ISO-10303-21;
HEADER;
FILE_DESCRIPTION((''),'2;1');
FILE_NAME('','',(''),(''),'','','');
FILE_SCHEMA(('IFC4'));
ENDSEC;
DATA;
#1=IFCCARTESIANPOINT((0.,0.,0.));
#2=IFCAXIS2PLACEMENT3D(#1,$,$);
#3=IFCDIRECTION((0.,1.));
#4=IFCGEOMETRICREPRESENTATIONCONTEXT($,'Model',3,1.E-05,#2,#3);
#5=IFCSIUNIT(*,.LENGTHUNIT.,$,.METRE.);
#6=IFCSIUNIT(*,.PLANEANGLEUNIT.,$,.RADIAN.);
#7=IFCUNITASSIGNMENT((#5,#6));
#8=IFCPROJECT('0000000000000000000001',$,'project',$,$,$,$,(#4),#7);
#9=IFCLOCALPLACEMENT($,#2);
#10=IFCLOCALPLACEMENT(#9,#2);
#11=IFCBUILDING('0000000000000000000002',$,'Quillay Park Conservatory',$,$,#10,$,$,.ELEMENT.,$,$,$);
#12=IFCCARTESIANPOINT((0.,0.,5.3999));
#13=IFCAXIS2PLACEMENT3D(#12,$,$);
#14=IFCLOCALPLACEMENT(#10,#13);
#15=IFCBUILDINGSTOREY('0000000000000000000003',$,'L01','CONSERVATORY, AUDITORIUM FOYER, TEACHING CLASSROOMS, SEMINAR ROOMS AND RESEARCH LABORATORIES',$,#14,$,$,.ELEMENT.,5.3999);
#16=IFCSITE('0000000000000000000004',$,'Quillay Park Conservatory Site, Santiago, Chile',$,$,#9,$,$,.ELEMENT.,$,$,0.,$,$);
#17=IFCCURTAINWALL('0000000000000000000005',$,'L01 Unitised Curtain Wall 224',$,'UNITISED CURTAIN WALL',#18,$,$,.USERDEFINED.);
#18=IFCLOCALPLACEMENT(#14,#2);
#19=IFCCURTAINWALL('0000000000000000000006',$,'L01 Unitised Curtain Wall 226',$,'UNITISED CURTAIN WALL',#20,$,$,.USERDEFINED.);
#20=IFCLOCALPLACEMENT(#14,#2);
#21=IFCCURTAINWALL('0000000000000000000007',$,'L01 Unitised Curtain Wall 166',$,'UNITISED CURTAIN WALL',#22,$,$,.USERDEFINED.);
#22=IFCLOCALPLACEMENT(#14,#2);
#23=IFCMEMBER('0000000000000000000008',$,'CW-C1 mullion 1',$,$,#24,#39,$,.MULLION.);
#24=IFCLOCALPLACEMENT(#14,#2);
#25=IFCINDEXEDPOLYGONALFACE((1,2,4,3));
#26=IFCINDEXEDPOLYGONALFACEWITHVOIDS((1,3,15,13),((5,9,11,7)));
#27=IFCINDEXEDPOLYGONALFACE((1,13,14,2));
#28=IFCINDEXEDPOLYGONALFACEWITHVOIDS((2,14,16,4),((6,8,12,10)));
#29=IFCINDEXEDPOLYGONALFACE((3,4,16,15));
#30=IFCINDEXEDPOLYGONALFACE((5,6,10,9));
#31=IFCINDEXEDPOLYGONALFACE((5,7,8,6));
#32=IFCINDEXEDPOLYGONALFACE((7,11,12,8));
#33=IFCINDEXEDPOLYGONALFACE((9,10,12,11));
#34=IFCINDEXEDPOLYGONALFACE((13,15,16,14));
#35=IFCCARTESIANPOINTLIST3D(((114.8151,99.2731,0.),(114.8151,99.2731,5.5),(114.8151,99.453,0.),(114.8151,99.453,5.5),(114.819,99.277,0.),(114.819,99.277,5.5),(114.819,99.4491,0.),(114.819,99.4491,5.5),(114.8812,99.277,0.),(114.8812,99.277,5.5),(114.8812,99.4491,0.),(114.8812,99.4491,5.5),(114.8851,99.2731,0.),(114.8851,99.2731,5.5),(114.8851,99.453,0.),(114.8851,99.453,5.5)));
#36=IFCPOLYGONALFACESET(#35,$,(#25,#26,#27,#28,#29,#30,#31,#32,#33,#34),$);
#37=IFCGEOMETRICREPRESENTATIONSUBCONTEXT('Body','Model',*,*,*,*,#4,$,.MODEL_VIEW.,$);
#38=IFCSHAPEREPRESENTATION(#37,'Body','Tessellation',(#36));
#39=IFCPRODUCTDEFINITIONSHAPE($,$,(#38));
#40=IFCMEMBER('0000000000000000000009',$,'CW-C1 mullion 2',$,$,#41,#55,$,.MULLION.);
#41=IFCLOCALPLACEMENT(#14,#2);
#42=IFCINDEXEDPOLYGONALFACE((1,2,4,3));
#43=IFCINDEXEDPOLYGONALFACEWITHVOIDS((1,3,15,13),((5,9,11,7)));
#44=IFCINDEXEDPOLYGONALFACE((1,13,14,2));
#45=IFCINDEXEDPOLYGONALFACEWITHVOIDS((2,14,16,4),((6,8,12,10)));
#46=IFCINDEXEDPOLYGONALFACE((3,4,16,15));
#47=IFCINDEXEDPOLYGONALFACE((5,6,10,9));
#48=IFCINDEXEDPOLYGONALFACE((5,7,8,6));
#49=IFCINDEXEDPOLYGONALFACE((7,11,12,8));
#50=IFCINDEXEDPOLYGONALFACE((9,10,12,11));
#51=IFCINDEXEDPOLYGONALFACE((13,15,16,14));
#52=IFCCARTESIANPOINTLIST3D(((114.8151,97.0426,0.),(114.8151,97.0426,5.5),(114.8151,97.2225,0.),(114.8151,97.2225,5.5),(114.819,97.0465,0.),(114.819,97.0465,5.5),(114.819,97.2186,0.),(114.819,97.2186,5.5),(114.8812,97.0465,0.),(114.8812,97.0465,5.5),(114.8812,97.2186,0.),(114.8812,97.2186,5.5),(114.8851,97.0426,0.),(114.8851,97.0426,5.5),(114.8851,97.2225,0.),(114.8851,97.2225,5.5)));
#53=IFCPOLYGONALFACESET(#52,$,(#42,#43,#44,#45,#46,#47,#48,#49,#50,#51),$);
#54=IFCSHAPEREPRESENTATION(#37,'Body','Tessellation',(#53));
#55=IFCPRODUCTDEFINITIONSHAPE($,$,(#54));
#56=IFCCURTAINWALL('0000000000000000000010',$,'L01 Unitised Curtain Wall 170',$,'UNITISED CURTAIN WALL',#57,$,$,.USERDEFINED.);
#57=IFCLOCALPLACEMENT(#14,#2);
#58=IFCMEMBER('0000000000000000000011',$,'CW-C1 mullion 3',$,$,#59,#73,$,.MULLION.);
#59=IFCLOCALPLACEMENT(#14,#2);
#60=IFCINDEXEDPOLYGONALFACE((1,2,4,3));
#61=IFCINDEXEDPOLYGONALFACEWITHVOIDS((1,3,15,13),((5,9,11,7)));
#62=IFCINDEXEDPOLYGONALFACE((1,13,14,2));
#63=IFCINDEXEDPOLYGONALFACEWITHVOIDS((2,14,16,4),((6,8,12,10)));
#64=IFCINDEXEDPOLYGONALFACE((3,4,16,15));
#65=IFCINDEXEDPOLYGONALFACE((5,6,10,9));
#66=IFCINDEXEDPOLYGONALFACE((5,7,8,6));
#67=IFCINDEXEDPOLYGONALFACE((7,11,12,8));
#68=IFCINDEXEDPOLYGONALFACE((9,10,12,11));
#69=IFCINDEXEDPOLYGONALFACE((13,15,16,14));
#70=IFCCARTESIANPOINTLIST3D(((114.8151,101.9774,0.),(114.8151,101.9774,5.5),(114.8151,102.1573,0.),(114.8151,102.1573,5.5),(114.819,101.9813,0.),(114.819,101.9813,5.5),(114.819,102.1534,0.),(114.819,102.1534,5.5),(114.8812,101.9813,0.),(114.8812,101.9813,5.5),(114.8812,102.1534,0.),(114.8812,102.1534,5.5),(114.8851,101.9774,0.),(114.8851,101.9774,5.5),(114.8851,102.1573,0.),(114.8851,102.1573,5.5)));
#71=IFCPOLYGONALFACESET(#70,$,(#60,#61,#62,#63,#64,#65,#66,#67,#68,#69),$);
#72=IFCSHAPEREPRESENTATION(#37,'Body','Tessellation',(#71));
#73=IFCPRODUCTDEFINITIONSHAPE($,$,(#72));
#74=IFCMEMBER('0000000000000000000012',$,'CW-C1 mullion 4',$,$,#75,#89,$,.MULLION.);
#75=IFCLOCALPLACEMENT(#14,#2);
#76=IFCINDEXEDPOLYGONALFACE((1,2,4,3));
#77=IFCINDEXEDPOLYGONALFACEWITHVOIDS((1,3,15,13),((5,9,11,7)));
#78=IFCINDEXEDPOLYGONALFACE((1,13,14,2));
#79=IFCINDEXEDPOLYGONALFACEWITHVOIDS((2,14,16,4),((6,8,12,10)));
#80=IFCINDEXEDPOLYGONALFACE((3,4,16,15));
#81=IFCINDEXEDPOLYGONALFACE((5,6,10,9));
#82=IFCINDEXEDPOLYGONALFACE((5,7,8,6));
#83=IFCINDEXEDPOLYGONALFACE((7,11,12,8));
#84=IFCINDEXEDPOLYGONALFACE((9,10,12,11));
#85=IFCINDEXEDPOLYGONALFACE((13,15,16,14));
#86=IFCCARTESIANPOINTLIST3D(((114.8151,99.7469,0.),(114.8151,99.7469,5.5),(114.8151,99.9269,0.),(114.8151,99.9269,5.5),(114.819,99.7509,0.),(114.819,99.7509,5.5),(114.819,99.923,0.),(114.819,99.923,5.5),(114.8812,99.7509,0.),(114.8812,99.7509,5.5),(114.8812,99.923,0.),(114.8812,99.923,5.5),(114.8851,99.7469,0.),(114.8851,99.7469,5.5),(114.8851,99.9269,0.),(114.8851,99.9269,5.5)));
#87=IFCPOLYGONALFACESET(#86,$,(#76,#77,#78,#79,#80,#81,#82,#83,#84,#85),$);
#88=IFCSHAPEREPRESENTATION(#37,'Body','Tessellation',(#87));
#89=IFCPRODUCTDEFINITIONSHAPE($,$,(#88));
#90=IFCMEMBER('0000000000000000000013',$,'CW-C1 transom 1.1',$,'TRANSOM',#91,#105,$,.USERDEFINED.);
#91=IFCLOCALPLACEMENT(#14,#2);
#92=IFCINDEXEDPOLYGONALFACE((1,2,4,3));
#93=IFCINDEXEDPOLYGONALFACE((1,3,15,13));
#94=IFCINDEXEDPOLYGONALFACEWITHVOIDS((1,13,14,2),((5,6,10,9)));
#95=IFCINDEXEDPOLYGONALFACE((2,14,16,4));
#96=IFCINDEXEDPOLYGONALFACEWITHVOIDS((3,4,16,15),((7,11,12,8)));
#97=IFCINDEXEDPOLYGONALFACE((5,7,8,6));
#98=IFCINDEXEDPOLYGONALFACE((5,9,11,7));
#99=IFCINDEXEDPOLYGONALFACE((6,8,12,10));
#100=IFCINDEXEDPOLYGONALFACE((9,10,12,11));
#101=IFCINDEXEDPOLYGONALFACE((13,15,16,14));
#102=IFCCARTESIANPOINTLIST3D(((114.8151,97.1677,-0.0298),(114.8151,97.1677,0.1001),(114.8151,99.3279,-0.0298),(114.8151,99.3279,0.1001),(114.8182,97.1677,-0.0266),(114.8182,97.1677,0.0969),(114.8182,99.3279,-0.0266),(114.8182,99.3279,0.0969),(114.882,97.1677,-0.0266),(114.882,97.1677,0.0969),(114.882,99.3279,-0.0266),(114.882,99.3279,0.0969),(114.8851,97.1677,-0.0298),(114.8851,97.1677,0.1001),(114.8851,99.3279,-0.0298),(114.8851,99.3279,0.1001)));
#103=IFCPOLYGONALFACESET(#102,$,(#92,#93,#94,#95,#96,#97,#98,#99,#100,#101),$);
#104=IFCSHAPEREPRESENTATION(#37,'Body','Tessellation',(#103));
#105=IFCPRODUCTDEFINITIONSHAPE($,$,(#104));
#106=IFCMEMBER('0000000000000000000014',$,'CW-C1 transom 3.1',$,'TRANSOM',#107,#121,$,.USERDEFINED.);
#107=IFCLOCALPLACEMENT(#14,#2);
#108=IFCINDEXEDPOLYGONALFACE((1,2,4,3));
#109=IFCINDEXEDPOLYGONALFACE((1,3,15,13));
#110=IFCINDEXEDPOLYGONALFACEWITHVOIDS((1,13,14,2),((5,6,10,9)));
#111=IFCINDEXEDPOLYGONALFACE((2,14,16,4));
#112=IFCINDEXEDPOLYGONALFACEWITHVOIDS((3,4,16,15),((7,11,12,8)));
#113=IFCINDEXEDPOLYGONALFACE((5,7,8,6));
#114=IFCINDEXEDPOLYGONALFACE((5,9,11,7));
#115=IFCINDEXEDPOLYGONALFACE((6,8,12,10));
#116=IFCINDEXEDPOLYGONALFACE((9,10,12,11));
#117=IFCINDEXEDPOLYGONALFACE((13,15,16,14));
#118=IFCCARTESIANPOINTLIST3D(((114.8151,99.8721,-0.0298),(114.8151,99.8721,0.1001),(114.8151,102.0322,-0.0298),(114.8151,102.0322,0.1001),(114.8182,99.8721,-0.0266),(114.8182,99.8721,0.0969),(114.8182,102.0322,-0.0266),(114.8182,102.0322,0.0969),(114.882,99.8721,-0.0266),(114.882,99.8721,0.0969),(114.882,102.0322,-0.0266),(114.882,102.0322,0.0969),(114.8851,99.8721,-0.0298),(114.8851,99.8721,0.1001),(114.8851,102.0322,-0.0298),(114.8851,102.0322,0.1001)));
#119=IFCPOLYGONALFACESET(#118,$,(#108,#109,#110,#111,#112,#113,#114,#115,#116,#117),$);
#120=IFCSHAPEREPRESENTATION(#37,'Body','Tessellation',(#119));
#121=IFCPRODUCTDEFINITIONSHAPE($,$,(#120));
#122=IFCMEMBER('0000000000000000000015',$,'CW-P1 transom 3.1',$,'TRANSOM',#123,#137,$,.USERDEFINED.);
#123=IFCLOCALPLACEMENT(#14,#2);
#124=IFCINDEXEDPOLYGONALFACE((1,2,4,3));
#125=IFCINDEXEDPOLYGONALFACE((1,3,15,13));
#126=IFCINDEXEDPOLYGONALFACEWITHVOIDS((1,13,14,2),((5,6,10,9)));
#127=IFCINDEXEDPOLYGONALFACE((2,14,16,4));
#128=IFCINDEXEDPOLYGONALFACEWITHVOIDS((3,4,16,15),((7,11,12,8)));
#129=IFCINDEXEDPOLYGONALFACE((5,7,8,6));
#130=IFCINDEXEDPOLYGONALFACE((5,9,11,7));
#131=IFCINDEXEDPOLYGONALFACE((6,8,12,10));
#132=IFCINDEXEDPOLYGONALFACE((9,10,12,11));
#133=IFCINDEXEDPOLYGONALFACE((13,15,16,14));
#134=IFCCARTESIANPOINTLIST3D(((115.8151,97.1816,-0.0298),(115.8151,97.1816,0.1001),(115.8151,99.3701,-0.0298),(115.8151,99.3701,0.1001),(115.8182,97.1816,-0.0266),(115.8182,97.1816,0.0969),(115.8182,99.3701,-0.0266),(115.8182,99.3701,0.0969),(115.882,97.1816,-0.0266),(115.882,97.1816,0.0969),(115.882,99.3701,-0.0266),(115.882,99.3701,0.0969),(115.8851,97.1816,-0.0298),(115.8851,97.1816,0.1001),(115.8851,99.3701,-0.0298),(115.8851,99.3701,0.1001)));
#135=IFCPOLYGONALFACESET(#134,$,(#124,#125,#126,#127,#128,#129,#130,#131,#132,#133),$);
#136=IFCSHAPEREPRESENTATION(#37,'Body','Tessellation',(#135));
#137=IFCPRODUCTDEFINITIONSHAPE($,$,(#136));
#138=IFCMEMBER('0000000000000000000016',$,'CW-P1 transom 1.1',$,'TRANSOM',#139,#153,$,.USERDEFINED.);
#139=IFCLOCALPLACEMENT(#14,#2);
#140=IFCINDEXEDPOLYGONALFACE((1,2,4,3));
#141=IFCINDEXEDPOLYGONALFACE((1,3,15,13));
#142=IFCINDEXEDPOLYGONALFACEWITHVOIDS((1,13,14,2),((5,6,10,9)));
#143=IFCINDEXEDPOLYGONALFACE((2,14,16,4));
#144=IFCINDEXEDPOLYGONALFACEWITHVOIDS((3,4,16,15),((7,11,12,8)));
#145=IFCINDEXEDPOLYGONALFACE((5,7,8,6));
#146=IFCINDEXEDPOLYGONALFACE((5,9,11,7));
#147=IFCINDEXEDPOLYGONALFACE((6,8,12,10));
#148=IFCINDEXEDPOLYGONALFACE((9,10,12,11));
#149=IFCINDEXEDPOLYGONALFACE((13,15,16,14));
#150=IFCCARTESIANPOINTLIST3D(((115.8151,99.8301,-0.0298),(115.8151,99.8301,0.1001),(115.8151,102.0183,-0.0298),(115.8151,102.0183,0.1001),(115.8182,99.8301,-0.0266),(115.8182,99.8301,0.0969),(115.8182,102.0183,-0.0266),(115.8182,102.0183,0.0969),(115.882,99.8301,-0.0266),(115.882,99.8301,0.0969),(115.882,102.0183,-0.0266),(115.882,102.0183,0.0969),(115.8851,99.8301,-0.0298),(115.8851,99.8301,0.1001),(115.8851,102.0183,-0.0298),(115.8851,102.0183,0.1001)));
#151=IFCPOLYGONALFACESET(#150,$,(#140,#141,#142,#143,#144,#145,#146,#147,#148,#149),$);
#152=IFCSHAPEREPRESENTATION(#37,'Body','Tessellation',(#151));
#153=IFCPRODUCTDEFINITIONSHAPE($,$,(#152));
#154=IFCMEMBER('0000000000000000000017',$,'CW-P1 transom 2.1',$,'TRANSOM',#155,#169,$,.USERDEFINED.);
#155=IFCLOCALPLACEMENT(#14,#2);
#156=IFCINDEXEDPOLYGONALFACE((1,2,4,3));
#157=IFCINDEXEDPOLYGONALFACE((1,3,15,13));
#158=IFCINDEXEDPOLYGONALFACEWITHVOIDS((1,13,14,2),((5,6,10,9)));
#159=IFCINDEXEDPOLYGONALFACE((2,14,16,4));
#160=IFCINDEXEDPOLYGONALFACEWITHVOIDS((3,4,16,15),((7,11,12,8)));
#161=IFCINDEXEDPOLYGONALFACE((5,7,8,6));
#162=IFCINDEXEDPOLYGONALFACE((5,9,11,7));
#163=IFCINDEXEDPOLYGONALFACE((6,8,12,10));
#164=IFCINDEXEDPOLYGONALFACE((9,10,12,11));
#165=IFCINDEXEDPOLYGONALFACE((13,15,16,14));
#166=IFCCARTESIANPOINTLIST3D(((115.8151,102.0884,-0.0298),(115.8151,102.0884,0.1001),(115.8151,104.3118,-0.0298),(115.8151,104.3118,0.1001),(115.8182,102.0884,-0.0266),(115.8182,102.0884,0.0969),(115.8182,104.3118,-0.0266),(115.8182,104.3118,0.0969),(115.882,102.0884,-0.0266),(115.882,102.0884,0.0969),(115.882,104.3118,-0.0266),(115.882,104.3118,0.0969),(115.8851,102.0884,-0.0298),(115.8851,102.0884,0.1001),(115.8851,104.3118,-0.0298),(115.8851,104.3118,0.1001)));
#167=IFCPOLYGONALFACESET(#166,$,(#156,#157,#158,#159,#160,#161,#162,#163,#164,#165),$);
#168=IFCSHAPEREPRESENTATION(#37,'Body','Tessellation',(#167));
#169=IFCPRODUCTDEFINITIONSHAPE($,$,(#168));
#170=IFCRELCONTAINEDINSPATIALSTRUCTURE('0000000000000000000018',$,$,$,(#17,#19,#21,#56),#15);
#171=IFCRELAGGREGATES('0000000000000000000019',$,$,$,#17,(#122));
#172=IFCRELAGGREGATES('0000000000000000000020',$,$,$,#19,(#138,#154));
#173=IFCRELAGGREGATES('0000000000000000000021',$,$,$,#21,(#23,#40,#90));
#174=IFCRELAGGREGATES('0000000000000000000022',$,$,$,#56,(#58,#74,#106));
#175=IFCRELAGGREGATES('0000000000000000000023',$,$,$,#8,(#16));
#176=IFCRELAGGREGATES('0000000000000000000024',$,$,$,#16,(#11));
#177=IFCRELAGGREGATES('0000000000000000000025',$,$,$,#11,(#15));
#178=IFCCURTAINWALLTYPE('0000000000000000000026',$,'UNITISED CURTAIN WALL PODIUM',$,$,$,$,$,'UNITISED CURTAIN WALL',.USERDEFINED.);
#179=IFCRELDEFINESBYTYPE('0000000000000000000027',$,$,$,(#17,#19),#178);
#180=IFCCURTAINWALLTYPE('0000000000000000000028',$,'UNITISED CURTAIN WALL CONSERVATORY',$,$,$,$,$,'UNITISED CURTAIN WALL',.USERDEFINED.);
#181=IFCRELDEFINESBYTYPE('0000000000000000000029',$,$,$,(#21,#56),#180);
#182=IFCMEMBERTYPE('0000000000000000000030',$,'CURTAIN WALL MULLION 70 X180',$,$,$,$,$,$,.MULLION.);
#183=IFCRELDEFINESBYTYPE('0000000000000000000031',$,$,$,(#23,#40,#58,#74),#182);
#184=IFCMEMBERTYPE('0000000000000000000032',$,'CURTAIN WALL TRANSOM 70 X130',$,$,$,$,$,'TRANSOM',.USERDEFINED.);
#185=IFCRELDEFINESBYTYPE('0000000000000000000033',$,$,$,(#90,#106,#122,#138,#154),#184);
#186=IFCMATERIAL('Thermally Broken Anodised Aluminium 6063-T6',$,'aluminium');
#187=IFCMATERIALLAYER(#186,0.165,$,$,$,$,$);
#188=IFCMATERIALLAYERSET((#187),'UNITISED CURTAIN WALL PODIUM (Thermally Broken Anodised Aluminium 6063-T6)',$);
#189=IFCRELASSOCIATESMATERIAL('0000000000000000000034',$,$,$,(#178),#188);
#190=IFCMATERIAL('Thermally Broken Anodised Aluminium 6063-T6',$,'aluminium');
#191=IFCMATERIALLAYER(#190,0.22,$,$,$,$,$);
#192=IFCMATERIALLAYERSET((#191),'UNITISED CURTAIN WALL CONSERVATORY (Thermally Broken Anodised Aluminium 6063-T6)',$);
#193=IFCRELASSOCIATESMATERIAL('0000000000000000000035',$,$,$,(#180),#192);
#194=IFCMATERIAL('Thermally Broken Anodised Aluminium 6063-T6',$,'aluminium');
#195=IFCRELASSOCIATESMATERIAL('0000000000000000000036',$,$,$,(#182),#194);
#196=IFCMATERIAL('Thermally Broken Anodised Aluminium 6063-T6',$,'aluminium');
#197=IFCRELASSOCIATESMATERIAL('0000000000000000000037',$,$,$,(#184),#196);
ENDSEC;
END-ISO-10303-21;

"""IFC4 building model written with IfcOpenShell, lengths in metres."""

from ifc_helpers import new_model, si_unit, direction, frame, origin, origin_2d, place, context, subcontext, project, spatial, hollow_rectangle, extrude, material, layer, layer_set, material_profile, profile_set, type_object, element, aggregate, save


model = new_model("IFC4")

# Units and contexts
model_context = context("Model", 3, precision=1e-05, world=origin(), true_north=direction((0.0, 1.0)))
body_context = subcontext(model_context, "Body", "Model", "MODEL_VIEW")
ifc_project = project(units=[si_unit("LENGTHUNIT", "METRE"), si_unit("PLANEANGLEUNIT", "RADIAN")], contexts=[model_context])

# Site, building, storey
site_placement = place(None, origin())
site = spatial("IfcSite", under=ifc_project, at=site_placement, Name="Quillay Park Conservatory Site, Santiago, Chile", CompositionType="ELEMENT", RefElevation=0.0)
building_placement = place(site_placement, origin())
building = spatial("IfcBuilding", under=site, at=building_placement, Name="Quillay Park Conservatory", CompositionType="ELEMENT")
storey_placement = place(building_placement, frame((0.0, 0.0, 5.3999)))
storey = spatial("IfcBuildingStorey", under=building, at=storey_placement, Name="L01", Description="CONSERVATORY, AUDITORIUM FOYER, TEACHING CLASSROOMS, SEMINAR ROOMS AND RESEARCH LABORATORIES", CompositionType="ELEMENT", Elevation=5.3999)

# Curtain walls, members
ifc_material_1 = material(Name="Thermally Broken Anodised Aluminium 6063-T6", Category="aluminium")
ifc_layer_1 = layer(ifc_material_1, 0.165)
ifc_layer_set_1 = layer_set([ifc_layer_1], Name="UNITISED CURTAIN WALL PODIUM (Thermally Broken Anodised Aluminium 6063-T6)")
curtain_wall_type_1 = type_object("IfcCurtainWallType", Name="UNITISED CURTAIN WALL PODIUM", ElementType="UNITISED CURTAIN WALL", PredefinedType="USERDEFINED", material=ifc_layer_set_1)
curtain_wall_1_placement = place(storey_placement, origin())
curtain_wall_1 = element("IfcCurtainWall", 1, at=curtain_wall_1_placement, inside=storey, type_object=curtain_wall_type_1, Name="L01 Unitised Curtain Wall 224", ObjectType="UNITISED CURTAIN WALL", PredefinedType="USERDEFINED")
curtain_wall_2_placement = place(storey_placement, origin())
curtain_wall_2 = element("IfcCurtainWall", 2, at=curtain_wall_2_placement, inside=storey, type_object=curtain_wall_type_1, Name="L01 Unitised Curtain Wall 226", ObjectType="UNITISED CURTAIN WALL", PredefinedType="USERDEFINED")
ifc_material_2 = material(Name="Thermally Broken Anodised Aluminium 6063-T6", Category="aluminium")
ifc_layer_2 = layer(ifc_material_2, 0.22)
ifc_layer_set_2 = layer_set([ifc_layer_2], Name="UNITISED CURTAIN WALL CONSERVATORY (Thermally Broken Anodised Aluminium 6063-T6)")
curtain_wall_type_2 = type_object("IfcCurtainWallType", Name="UNITISED CURTAIN WALL CONSERVATORY", ElementType="UNITISED CURTAIN WALL", PredefinedType="USERDEFINED", material=ifc_layer_set_2)
curtain_wall_3_placement = place(storey_placement, origin())
curtain_wall_3 = element("IfcCurtainWall", 3, at=curtain_wall_3_placement, inside=storey, type_object=curtain_wall_type_2, Name="L01 Unitised Curtain Wall 166", ObjectType="UNITISED CURTAIN WALL", PredefinedType="USERDEFINED")
ifc_material_3 = material(Name="Thermally Broken Anodised Aluminium 6063-T6", Category="aluminium")
ifc_material_profile_1 = material_profile(ifc_material_3, hollow_rectangle(XDim=0.0701, YDim=0.1799, WallThickness=0.0039, at=origin_2d()), Name="AL70x180x4")
ifc_profile_set_1 = profile_set([ifc_material_profile_1], Name="Thermally Broken Anodised Aluminium 6063-T6")
member_type_1 = type_object("IfcMemberType", Name="CURTAIN WALL MULLION 70 X180", PredefinedType="MULLION", material=ifc_profile_set_1)
member_1_placement = place(storey_placement, frame((114.8501, 99.363, 0.0), z_axis=(0.0, 0.0, 1.0), x_axis=(1.0, 0.0, 0.0)))
member_1 = element("IfcMember", 4, at=member_1_placement, type_object=member_type_1, Name="CW-C1 mullion 1", PredefinedType="MULLION", context=body_context, shape_type="SweptSolid", body=[
    extrude(hollow_rectangle(XDim=0.0701, YDim=0.1799, WallThickness=0.0039, at=origin_2d()), origin(), (0.0, 0.0, 1.0), 5.5),
])
member_2_placement = place(storey_placement, frame((114.8501, 97.1326, 0.0), z_axis=(0.0, 0.0, 1.0), x_axis=(1.0, 0.0, 0.0)))
member_2 = element("IfcMember", 5, at=member_2_placement, type_object=member_type_1, Name="CW-C1 mullion 2", PredefinedType="MULLION", context=body_context, shape_type="SweptSolid", body=[
    extrude(hollow_rectangle(XDim=0.0701, YDim=0.1799, WallThickness=0.0039, at=origin_2d()), origin(), (0.0, 0.0, 1.0), 5.5),
])
curtain_wall_4_placement = place(storey_placement, origin())
curtain_wall_4 = element("IfcCurtainWall", 6, at=curtain_wall_4_placement, inside=storey, type_object=curtain_wall_type_2, Name="L01 Unitised Curtain Wall 170", ObjectType="UNITISED CURTAIN WALL", PredefinedType="USERDEFINED")
member_3_placement = place(storey_placement, frame((114.8501, 102.0674, 0.0), z_axis=(0.0, 0.0, 1.0), x_axis=(1.0, 0.0, 0.0)))
member_3 = element("IfcMember", 7, at=member_3_placement, type_object=member_type_1, Name="CW-C1 mullion 3", PredefinedType="MULLION", context=body_context, shape_type="SweptSolid", body=[
    extrude(hollow_rectangle(XDim=0.0701, YDim=0.1799, WallThickness=0.0039, at=origin_2d()), origin(), (0.0, 0.0, 1.0), 5.5),
])
member_4_placement = place(storey_placement, frame((114.8501, 99.8369, 0.0), z_axis=(0.0, 0.0, 1.0), x_axis=(1.0, 0.0, 0.0)))
member_4 = element("IfcMember", 8, at=member_4_placement, type_object=member_type_1, Name="CW-C1 mullion 4", PredefinedType="MULLION", context=body_context, shape_type="SweptSolid", body=[
    extrude(hollow_rectangle(XDim=0.0701, YDim=0.1799, WallThickness=0.0039, at=origin_2d()), origin(), (0.0, 0.0, 1.0), 5.5),
])

# Members
ifc_material_4 = material(Name="Thermally Broken Anodised Aluminium 6063-T6", Category="aluminium")
ifc_material_profile_2 = material_profile(ifc_material_4, hollow_rectangle(XDim=0.0701, YDim=0.1299, WallThickness=0.0032, at=origin_2d()), Name="AL70x130x3.2")
ifc_profile_set_2 = profile_set([ifc_material_profile_2], Name="Thermally Broken Anodised Aluminium 6063-T6")
member_type_2 = type_object("IfcMemberType", Name="CURTAIN WALL TRANSOM 70 X130", ElementType="TRANSOM", PredefinedType="USERDEFINED", material=ifc_profile_set_2)
member_5_placement = place(storey_placement, frame((114.8501, 99.3279, 0.0352), z_axis=(0.0, -1.0, 0.0), x_axis=(1.0, 0.0, 0.0)))
member_5 = element("IfcMember", 9, at=member_5_placement, type_object=member_type_2, Name="CW-C1 transom 1.1", ObjectType="TRANSOM", PredefinedType="USERDEFINED", context=body_context, shape_type="SweptSolid", body=[
    extrude(hollow_rectangle(XDim=0.0701, YDim=0.1299, WallThickness=0.0032, at=origin_2d()), origin(), (0.0, 0.0, 1.0), 2.1602),
])
member_6_placement = place(storey_placement, frame((114.8501, 102.0322, 0.0352), z_axis=(0.0, -1.0, 0.0), x_axis=(1.0, 0.0, 0.0)))
member_6 = element("IfcMember", 10, at=member_6_placement, type_object=member_type_2, Name="CW-C1 transom 3.1", ObjectType="TRANSOM", PredefinedType="USERDEFINED", context=body_context, shape_type="SweptSolid", body=[
    extrude(hollow_rectangle(XDim=0.0701, YDim=0.1299, WallThickness=0.0032, at=origin_2d()), origin(), (0.0, 0.0, 1.0), 2.1602),
])
member_7_placement = place(storey_placement, frame((115.8501, 97.1816, 0.0352), z_axis=(0.0, 1.0, 0.0), x_axis=(-1.0, 0.0, 0.0)))
member_7 = element("IfcMember", 11, at=member_7_placement, type_object=member_type_2, Name="CW-P1 transom 3.1", ObjectType="TRANSOM", PredefinedType="USERDEFINED", context=body_context, shape_type="SweptSolid", body=[
    extrude(hollow_rectangle(XDim=0.0701, YDim=0.1299, WallThickness=0.0032, at=origin_2d()), origin(), (0.0, 0.0, 1.0), 2.1885),
])
aggregate(curtain_wall_1, [member_7])
member_8_placement = place(storey_placement, frame((115.8501, 99.8301, 0.0352), z_axis=(0.0, 1.0, 0.0), x_axis=(-1.0, 0.0, 0.0)))
member_8 = element("IfcMember", 12, at=member_8_placement, type_object=member_type_2, Name="CW-P1 transom 1.1", ObjectType="TRANSOM", PredefinedType="USERDEFINED", context=body_context, shape_type="SweptSolid", body=[
    extrude(hollow_rectangle(XDim=0.0701, YDim=0.1299, WallThickness=0.0032, at=origin_2d()), origin(), (0.0, 0.0, 1.0), 2.1882),
])
member_9_placement = place(storey_placement, frame((115.8501, 102.0884, 0.0352), z_axis=(0.0, 1.0, 0.0), x_axis=(-1.0, 0.0, 0.0)))
member_9 = element("IfcMember", 13, at=member_9_placement, type_object=member_type_2, Name="CW-P1 transom 2.1", ObjectType="TRANSOM", PredefinedType="USERDEFINED", context=body_context, shape_type="SweptSolid", body=[
    extrude(hollow_rectangle(XDim=0.0701, YDim=0.1299, WallThickness=0.0032, at=origin_2d()), origin(), (0.0, 0.0, 1.0), 2.2234),
])
aggregate(curtain_wall_2, [member_8, member_9])

aggregate(curtain_wall_3, [member_1, member_2, member_5])
aggregate(curtain_wall_4, [member_3, member_4, member_6])

save(model, "model.ifc")
